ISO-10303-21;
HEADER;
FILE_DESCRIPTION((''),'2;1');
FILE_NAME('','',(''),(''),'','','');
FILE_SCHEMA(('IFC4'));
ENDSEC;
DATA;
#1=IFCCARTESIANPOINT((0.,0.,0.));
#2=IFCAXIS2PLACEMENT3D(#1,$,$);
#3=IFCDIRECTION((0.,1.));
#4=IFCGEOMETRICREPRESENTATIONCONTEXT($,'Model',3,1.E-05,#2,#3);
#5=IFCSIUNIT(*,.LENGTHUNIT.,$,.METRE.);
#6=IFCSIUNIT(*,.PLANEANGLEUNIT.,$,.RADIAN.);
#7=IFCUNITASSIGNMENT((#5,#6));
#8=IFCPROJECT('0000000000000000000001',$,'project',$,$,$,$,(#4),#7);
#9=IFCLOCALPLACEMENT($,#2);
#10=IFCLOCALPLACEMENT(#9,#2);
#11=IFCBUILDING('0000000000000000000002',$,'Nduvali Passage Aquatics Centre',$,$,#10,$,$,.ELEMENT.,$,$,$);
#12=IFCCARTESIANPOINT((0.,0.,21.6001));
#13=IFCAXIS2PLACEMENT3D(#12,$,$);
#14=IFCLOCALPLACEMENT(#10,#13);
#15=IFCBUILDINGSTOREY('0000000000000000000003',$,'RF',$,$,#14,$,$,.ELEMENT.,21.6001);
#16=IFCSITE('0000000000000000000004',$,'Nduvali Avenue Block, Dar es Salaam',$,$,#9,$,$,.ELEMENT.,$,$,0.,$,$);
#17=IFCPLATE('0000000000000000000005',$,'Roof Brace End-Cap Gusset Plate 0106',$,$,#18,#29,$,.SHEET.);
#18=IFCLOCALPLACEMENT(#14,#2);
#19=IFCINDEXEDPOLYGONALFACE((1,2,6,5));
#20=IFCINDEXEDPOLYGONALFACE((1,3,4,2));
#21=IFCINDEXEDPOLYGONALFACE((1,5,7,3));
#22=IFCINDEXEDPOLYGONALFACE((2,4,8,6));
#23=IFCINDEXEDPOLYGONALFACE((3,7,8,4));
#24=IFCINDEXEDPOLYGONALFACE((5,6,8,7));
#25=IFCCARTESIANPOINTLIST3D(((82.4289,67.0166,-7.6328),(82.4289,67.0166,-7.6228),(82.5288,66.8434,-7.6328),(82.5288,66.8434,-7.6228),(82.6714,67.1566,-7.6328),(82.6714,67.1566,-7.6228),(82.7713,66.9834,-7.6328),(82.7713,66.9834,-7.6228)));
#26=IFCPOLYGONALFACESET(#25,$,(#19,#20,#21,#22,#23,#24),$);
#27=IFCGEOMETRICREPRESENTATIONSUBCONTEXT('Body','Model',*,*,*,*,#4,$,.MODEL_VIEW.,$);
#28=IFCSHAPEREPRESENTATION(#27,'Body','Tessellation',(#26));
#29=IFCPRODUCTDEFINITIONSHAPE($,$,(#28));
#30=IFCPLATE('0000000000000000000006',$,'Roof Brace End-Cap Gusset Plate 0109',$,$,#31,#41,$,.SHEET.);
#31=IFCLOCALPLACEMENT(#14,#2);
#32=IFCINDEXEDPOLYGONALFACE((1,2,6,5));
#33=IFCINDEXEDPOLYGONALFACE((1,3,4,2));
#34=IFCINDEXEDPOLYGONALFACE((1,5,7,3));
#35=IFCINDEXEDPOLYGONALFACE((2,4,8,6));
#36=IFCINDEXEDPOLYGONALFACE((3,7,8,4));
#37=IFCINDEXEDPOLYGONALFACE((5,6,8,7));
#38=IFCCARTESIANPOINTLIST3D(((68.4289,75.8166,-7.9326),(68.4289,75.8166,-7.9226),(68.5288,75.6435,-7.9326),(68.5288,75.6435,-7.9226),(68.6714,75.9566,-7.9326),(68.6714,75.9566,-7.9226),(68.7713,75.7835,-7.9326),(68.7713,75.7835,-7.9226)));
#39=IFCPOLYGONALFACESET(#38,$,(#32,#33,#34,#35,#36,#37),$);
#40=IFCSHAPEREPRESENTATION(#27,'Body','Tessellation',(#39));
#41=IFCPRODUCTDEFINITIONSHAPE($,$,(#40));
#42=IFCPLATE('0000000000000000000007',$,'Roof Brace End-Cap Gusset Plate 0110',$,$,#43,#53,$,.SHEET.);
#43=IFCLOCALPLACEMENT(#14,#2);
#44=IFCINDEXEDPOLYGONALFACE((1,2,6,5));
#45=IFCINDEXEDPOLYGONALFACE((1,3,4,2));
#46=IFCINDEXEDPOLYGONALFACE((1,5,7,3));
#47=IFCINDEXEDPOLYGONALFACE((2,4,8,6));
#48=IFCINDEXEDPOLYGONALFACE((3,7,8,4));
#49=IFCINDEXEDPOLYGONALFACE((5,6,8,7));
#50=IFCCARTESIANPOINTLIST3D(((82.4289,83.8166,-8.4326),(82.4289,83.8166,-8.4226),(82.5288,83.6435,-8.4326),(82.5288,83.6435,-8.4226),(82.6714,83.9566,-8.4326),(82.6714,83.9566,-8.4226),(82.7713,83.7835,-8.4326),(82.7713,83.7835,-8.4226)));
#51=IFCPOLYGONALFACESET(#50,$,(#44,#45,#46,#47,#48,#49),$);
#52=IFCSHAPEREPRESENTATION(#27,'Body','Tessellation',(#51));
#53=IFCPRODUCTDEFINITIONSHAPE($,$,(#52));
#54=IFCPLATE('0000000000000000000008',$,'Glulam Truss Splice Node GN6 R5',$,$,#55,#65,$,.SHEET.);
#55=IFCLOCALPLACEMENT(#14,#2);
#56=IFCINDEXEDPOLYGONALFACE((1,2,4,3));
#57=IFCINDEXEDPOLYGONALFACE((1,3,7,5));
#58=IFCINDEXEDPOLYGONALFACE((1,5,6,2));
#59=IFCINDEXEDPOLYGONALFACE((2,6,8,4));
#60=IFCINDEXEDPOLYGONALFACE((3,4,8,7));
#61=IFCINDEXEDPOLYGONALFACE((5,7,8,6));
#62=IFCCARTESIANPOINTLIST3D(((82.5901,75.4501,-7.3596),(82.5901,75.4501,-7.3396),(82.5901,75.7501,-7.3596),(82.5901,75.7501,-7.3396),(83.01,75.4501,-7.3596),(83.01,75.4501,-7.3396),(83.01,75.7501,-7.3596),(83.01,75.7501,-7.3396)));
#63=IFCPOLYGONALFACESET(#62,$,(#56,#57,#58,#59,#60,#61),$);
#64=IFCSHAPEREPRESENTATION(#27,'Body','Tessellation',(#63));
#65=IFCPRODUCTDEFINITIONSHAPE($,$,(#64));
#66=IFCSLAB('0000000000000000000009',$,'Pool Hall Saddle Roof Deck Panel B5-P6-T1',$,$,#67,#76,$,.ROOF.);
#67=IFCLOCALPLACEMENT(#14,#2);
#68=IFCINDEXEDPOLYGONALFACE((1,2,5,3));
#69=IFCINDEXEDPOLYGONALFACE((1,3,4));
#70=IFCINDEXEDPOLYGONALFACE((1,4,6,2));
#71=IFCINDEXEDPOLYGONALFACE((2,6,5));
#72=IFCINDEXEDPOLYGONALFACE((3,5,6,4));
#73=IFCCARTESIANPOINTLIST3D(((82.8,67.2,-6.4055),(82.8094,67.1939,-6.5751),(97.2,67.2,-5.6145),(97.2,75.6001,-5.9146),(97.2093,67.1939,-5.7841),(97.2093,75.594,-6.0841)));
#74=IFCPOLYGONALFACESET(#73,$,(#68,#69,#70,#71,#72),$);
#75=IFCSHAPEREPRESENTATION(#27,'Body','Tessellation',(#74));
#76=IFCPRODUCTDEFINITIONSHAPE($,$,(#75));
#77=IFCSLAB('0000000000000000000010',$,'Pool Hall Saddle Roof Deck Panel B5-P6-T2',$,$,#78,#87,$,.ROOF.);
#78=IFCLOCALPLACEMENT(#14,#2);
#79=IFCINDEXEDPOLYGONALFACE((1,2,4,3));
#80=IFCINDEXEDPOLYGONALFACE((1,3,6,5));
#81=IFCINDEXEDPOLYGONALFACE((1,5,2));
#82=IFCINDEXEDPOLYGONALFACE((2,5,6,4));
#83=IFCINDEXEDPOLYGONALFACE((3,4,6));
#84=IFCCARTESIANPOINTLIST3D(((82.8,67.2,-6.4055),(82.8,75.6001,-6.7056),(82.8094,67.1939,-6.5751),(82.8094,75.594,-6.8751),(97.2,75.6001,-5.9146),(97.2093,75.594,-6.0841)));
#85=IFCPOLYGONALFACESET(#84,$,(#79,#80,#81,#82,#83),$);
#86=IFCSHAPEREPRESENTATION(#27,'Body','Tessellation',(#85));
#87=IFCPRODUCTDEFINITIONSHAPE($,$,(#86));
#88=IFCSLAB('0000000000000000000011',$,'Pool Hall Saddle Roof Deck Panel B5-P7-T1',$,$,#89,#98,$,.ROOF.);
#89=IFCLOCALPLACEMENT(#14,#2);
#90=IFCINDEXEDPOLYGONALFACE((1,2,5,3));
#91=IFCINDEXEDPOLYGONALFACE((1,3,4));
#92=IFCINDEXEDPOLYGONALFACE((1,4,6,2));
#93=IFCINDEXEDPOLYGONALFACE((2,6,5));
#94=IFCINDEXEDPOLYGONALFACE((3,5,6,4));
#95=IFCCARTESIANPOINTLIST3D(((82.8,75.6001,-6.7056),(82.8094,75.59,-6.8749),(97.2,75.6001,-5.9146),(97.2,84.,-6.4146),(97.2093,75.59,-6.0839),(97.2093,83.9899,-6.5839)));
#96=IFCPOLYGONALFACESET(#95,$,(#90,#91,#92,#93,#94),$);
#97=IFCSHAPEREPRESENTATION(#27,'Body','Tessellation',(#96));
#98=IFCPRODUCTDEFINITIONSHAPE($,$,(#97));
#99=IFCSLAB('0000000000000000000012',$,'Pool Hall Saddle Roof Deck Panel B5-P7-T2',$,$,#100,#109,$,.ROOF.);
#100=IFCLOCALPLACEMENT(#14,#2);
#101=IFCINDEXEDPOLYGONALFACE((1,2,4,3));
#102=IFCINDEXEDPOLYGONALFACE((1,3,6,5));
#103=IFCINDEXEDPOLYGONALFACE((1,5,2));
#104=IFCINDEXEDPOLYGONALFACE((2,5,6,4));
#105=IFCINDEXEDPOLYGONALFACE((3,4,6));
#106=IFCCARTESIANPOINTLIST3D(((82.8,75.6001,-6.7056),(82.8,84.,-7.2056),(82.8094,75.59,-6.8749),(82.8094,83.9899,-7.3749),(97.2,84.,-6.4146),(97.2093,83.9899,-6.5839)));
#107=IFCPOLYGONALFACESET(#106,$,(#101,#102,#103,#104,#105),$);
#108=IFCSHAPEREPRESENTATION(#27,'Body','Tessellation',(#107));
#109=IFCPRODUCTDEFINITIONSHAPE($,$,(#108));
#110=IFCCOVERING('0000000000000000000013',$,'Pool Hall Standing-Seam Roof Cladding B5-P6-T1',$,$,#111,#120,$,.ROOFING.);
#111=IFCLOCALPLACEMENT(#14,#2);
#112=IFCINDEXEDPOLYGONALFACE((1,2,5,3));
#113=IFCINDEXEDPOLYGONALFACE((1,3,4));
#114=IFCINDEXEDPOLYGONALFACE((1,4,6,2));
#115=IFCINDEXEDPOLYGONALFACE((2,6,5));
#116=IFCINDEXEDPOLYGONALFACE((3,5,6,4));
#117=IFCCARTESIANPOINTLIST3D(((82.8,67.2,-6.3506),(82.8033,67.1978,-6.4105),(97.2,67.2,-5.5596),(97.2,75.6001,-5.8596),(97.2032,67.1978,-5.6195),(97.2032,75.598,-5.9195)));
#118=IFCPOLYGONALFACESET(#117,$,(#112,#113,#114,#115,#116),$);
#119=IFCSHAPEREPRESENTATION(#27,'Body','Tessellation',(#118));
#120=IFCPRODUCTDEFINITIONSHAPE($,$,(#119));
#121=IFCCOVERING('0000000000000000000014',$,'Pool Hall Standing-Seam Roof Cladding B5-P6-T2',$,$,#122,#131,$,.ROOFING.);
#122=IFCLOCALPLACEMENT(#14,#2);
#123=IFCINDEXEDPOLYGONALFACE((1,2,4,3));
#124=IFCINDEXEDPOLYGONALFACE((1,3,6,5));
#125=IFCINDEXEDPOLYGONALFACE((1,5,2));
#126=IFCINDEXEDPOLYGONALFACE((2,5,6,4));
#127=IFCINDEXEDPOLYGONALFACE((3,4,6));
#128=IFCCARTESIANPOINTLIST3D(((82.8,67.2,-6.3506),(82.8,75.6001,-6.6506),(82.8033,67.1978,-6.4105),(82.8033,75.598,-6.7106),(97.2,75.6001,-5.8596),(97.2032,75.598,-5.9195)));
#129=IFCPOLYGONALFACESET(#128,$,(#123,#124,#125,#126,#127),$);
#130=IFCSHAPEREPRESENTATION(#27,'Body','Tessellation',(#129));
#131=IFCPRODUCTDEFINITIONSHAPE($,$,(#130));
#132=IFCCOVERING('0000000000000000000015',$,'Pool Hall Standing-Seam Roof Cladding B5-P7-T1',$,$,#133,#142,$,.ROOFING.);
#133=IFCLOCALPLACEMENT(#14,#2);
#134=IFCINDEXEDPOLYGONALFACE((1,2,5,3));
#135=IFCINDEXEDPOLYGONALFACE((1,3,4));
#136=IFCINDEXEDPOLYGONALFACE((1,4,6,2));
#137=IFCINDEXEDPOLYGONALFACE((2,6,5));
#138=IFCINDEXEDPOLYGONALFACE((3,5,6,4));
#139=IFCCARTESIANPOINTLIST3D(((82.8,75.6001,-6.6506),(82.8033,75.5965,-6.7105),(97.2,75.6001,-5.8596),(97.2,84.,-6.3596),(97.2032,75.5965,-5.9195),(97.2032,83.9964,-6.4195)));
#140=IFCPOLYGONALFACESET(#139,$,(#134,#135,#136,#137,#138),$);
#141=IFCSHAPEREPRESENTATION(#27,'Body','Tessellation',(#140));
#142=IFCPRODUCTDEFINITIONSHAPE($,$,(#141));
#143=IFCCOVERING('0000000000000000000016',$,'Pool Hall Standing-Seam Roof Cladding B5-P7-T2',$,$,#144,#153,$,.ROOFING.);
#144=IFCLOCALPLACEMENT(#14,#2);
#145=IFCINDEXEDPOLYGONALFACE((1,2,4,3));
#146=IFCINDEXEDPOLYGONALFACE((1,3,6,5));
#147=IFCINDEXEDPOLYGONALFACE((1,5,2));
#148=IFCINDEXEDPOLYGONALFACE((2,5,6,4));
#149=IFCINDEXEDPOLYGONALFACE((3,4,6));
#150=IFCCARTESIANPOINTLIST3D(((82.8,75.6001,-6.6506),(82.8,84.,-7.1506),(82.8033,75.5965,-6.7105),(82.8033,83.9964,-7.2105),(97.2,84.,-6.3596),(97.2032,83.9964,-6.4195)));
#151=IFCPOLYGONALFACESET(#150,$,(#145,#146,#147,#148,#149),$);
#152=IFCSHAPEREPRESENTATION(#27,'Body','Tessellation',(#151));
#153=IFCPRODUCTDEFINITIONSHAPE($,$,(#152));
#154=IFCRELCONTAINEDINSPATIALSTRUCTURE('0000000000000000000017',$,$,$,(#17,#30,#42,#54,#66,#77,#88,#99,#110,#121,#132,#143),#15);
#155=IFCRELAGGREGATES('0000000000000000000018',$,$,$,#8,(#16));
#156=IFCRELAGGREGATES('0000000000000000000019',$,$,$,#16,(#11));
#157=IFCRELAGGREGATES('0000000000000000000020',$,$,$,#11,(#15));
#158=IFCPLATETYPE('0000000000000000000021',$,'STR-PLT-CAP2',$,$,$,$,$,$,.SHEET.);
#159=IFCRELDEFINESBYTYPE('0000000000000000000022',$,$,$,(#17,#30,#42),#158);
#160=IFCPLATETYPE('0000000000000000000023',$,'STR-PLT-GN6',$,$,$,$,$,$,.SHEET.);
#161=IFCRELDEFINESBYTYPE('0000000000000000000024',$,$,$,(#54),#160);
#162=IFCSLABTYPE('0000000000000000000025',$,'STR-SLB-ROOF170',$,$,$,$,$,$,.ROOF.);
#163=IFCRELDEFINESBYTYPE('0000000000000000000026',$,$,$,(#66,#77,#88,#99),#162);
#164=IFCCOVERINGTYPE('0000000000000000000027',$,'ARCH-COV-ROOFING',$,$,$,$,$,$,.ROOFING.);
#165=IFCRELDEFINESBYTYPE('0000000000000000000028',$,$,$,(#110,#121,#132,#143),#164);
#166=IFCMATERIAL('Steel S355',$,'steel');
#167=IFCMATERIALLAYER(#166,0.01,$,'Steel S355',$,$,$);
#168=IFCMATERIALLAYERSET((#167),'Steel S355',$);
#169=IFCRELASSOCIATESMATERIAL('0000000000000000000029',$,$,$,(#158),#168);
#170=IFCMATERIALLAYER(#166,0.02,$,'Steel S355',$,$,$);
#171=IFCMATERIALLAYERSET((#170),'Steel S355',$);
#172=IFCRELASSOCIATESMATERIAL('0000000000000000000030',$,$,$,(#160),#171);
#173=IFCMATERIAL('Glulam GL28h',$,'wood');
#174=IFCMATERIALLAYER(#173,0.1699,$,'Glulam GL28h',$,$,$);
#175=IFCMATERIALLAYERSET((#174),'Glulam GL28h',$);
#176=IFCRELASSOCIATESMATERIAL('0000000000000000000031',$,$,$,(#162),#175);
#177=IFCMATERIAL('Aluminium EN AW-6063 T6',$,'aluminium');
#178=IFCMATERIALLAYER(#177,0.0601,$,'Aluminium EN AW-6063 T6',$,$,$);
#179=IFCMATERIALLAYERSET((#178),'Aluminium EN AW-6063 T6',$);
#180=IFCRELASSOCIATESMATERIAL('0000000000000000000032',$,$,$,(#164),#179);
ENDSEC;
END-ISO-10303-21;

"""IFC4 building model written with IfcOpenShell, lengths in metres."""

from ifc_helpers import new_model, si_unit, direction, frame, origin, origin_2d, place, context, subcontext, project, spatial, polyline, rectangle, outline, extrude, material, layer, layer_set, type_object, element, save


model = new_model("IFC4")

# Units and contexts
model_context = context("Model", 3, precision=1e-05, world=origin(), true_north=direction((0.0, 1.0)))
body_context = subcontext(model_context, "Body", "Model", "MODEL_VIEW")
ifc_project = project(units=[si_unit("LENGTHUNIT", "METRE"), si_unit("PLANEANGLEUNIT", "RADIAN")], contexts=[model_context])

# Site, building, storey
site_placement = place(None, origin())
site = spatial("IfcSite", under=ifc_project, at=site_placement, Name="Nduvali Avenue Block, Dar es Salaam", CompositionType="ELEMENT", RefElevation=0.0)
building_placement = place(site_placement, origin())
building = spatial("IfcBuilding", under=site, at=building_placement, Name="Nduvali Passage Aquatics Centre", CompositionType="ELEMENT")
storey_placement = place(building_placement, frame((0.0, 0.0, 21.6001)))
storey = spatial("IfcBuildingStorey", under=building, at=storey_placement, Name="RF", CompositionType="ELEMENT", Elevation=21.6001)

# Shared definitions
ifc_material_1 = material(Name="Steel S355", Category="steel")
ifc_material_2 = material(Name="Glulam GL28h", Category="wood")

# Plates
ifc_layer_1 = layer(ifc_material_1, 0.01, Name="Steel S355")
ifc_layer_set_1 = layer_set([ifc_layer_1], Name="Steel S355")
plate_type_1 = type_object("IfcPlateType", Name="STR-PLT-CAP2", PredefinedType="SHEET", material=ifc_layer_set_1)
for number, where, z_axis, x_axis, name in (
    (1, (82.6001, 67.0, -7.6328), (0.0, 0.0, 1.0), (0.866025, 0.5, 0.0), "Roof Brace End-Cap Gusset Plate 0106"),
    (2, (68.6001, 75.8, -7.9326), (0.0, 0.0, 1.0), (0.866025, 0.5, 0.0), "Roof Brace End-Cap Gusset Plate 0109"),
    (3, (82.6001, 83.8, -8.4326), (0.0, 0.0, 1.0), (0.866025, 0.5, 0.0), "Roof Brace End-Cap Gusset Plate 0110"),
):
    element("IfcPlate", number, at=place(storey_placement, frame(where, z_axis=z_axis, x_axis=x_axis)), inside=storey, type_object=plate_type_1, Name=name, PredefinedType="SHEET", context=body_context, shape_type="SweptSolid", body=[
        extrude(rectangle(XDim=0.28, YDim=0.2, at=origin_2d()), origin(), (0.0, 0.0, 1.0), 0.01),
    ])
ifc_layer_2 = layer(ifc_material_1, 0.02, Name="Steel S355")
ifc_layer_set_2 = layer_set([ifc_layer_2], Name="Steel S355")
plate_type_2 = type_object("IfcPlateType", Name="STR-PLT-GN6", PredefinedType="SHEET", material=ifc_layer_set_2)
plate_placement = place(storey_placement, frame((82.8, 75.6001, -7.3596), z_axis=(0.0, 0.0, 1.0), x_axis=(1.0, 0.0, 0.0)))
element("IfcPlate", 4, at=plate_placement, inside=storey, type_object=plate_type_2, Name="Glulam Truss Splice Node GN6 R5", PredefinedType="SHEET", context=body_context, shape_type="SweptSolid", body=[
    extrude(rectangle(XDim=0.4199, YDim=0.3, at=origin_2d()), origin(), (0.0, 0.0, 1.0), 0.02),
])

# Slabs
ifc_layer_3 = layer(ifc_material_2, 0.1699, Name="Glulam GL28h")
ifc_layer_set_3 = layer_set([ifc_layer_3], Name="Glulam GL28h")
slab_type = type_object("IfcSlabType", Name="STR-SLB-ROOF170", PredefinedType="ROOF", material=ifc_layer_set_3)
slab_1_placement = place(storey_placement, frame((82.8, 67.2, -6.4055), z_axis=(-0.054814, 0.035643, 0.99786), x_axis=(0.998495, 0.0, 0.054849)))
element("IfcSlab", 5, at=slab_1_placement, inside=storey, type_object=slab_type, Name="Pool Hall Saddle Roof Deck Panel B5-P6-T1", PredefinedType="ROOF", context=body_context, shape_type="SweptSolid", body=[
    extrude(outline(polyline([(0.0, 0.0), (14.4216, 0.0), (14.4052, 8.4055), (0.0, 0.0)])), origin(), (0.0, 0.0, -1.0), 0.1699),
])
slab_2_placement = place(storey_placement, frame((82.8, 67.2, -6.4055), z_axis=(-0.054814, 0.035643, 0.99786), x_axis=(0.863399, 0.503662, 0.029438)))
element("IfcSlab", 6, at=slab_2_placement, inside=storey, type_object=slab_type, Name="Pool Hall Saddle Roof Deck Panel B5-P6-T2", PredefinedType="ROOF", context=body_context, shape_type="SweptSolid", body=[
    extrude(outline(polyline([(0.0, 0.0), (16.6782, 0.0), (4.222, 7.2682), (0.0, 0.0)])), origin(), (0.0, 0.0, -1.0), 0.1699),
])
slab_3_placement = place(storey_placement, frame((82.8, 75.6001, -6.7056), z_axis=(-0.054753, 0.05933, 0.996736), x_axis=(0.998495, 0.0, 0.054849)))
element("IfcSlab", 7, at=slab_3_placement, inside=storey, type_object=slab_type, Name="Pool Hall Saddle Roof Deck Panel B5-P7-T1", PredefinedType="ROOF", context=body_context, shape_type="SweptSolid", body=[
    extrude(outline(polyline([(0.0, 0.0), (14.4216, 0.0), (14.3942, 8.4147), (0.0, 0.0)])), origin(), (0.0, 0.0, -1.0), 0.1699),
])
slab_4_placement = place(storey_placement, frame((82.8, 75.6001, -6.7056), z_axis=(-0.054753, 0.05933, 0.996736), x_axis=(0.863648, 0.503792, 0.017454)))
element("IfcSlab", 8, at=slab_4_placement, inside=storey, type_object=slab_type, Name="Pool Hall Saddle Roof Deck Panel B5-P7-T2", PredefinedType="ROOF", context=body_context, shape_type="SweptSolid", body=[
    extrude(outline(polyline([(0.0, 0.0), (16.6733, 0.0), (4.2231, 7.2783), (0.0, 0.0)])), origin(), (0.0, 0.0, -1.0), 0.1699),
])

# Coverings
ifc_material_3 = material(Name="Aluminium EN AW-6063 T6", Category="aluminium")
ifc_layer_4 = layer(ifc_material_3, 0.0601, Name="Aluminium EN AW-6063 T6")
ifc_layer_set_4 = layer_set([ifc_layer_4], Name="Aluminium EN AW-6063 T6")
covering_type = type_object("IfcCoveringType", Name="ARCH-COV-ROOFING", PredefinedType="ROOFING", material=ifc_layer_set_4)
covering_1_placement = place(storey_placement, frame((82.8, 67.2, -6.3506), z_axis=(-0.054814, 0.035643, 0.99786), x_axis=(0.998495, 0.0, 0.054849)))
element("IfcCovering", 9, at=covering_1_placement, inside=storey, type_object=covering_type, Name="Pool Hall Standing-Seam Roof Cladding B5-P6-T1", PredefinedType="ROOFING", context=body_context, shape_type="SweptSolid", body=[
    extrude(outline(polyline([(0.0, 0.0), (14.4216, 0.0), (14.4052, 8.4055), (0.0, 0.0)])), origin(), (0.0, 0.0, -1.0), 0.0601),
])
covering_2_placement = place(storey_placement, frame((82.8, 67.2, -6.3506), z_axis=(-0.054814, 0.035643, 0.99786), x_axis=(0.863399, 0.503662, 0.029438)))
element("IfcCovering", 10, at=covering_2_placement, inside=storey, type_object=covering_type, Name="Pool Hall Standing-Seam Roof Cladding B5-P6-T2", PredefinedType="ROOFING", context=body_context, shape_type="SweptSolid", body=[
    extrude(outline(polyline([(0.0, 0.0), (16.6782, 0.0), (4.222, 7.2682), (0.0, 0.0)])), origin(), (0.0, 0.0, -1.0), 0.0601),
])
covering_3_placement = place(storey_placement, frame((82.8, 75.6001, -6.6506), z_axis=(-0.054753, 0.05933, 0.996736), x_axis=(0.998495, 0.0, 0.054849)))
element("IfcCovering", 11, at=covering_3_placement, inside=storey, type_object=covering_type, Name="Pool Hall Standing-Seam Roof Cladding B5-P7-T1", PredefinedType="ROOFING", context=body_context, shape_type="SweptSolid", body=[
    extrude(outline(polyline([(0.0, 0.0), (14.4216, 0.0), (14.3942, 8.4147), (0.0, 0.0)])), origin(), (0.0, 0.0, -1.0), 0.0601),
])
covering_4_placement = place(storey_placement, frame((82.8, 75.6001, -6.6506), z_axis=(-0.054753, 0.05933, 0.996736), x_axis=(0.863648, 0.503792, 0.017454)))
element("IfcCovering", 12, at=covering_4_placement, inside=storey, type_object=covering_type, Name="Pool Hall Standing-Seam Roof Cladding B5-P7-T2", PredefinedType="ROOFING", context=body_context, shape_type="SweptSolid", body=[
    extrude(outline(polyline([(0.0, 0.0), (16.6733, 0.0), (4.2231, 7.2783), (0.0, 0.0)])), origin(), (0.0, 0.0, -1.0), 0.0601),
])

save(model, "model.ifc")
